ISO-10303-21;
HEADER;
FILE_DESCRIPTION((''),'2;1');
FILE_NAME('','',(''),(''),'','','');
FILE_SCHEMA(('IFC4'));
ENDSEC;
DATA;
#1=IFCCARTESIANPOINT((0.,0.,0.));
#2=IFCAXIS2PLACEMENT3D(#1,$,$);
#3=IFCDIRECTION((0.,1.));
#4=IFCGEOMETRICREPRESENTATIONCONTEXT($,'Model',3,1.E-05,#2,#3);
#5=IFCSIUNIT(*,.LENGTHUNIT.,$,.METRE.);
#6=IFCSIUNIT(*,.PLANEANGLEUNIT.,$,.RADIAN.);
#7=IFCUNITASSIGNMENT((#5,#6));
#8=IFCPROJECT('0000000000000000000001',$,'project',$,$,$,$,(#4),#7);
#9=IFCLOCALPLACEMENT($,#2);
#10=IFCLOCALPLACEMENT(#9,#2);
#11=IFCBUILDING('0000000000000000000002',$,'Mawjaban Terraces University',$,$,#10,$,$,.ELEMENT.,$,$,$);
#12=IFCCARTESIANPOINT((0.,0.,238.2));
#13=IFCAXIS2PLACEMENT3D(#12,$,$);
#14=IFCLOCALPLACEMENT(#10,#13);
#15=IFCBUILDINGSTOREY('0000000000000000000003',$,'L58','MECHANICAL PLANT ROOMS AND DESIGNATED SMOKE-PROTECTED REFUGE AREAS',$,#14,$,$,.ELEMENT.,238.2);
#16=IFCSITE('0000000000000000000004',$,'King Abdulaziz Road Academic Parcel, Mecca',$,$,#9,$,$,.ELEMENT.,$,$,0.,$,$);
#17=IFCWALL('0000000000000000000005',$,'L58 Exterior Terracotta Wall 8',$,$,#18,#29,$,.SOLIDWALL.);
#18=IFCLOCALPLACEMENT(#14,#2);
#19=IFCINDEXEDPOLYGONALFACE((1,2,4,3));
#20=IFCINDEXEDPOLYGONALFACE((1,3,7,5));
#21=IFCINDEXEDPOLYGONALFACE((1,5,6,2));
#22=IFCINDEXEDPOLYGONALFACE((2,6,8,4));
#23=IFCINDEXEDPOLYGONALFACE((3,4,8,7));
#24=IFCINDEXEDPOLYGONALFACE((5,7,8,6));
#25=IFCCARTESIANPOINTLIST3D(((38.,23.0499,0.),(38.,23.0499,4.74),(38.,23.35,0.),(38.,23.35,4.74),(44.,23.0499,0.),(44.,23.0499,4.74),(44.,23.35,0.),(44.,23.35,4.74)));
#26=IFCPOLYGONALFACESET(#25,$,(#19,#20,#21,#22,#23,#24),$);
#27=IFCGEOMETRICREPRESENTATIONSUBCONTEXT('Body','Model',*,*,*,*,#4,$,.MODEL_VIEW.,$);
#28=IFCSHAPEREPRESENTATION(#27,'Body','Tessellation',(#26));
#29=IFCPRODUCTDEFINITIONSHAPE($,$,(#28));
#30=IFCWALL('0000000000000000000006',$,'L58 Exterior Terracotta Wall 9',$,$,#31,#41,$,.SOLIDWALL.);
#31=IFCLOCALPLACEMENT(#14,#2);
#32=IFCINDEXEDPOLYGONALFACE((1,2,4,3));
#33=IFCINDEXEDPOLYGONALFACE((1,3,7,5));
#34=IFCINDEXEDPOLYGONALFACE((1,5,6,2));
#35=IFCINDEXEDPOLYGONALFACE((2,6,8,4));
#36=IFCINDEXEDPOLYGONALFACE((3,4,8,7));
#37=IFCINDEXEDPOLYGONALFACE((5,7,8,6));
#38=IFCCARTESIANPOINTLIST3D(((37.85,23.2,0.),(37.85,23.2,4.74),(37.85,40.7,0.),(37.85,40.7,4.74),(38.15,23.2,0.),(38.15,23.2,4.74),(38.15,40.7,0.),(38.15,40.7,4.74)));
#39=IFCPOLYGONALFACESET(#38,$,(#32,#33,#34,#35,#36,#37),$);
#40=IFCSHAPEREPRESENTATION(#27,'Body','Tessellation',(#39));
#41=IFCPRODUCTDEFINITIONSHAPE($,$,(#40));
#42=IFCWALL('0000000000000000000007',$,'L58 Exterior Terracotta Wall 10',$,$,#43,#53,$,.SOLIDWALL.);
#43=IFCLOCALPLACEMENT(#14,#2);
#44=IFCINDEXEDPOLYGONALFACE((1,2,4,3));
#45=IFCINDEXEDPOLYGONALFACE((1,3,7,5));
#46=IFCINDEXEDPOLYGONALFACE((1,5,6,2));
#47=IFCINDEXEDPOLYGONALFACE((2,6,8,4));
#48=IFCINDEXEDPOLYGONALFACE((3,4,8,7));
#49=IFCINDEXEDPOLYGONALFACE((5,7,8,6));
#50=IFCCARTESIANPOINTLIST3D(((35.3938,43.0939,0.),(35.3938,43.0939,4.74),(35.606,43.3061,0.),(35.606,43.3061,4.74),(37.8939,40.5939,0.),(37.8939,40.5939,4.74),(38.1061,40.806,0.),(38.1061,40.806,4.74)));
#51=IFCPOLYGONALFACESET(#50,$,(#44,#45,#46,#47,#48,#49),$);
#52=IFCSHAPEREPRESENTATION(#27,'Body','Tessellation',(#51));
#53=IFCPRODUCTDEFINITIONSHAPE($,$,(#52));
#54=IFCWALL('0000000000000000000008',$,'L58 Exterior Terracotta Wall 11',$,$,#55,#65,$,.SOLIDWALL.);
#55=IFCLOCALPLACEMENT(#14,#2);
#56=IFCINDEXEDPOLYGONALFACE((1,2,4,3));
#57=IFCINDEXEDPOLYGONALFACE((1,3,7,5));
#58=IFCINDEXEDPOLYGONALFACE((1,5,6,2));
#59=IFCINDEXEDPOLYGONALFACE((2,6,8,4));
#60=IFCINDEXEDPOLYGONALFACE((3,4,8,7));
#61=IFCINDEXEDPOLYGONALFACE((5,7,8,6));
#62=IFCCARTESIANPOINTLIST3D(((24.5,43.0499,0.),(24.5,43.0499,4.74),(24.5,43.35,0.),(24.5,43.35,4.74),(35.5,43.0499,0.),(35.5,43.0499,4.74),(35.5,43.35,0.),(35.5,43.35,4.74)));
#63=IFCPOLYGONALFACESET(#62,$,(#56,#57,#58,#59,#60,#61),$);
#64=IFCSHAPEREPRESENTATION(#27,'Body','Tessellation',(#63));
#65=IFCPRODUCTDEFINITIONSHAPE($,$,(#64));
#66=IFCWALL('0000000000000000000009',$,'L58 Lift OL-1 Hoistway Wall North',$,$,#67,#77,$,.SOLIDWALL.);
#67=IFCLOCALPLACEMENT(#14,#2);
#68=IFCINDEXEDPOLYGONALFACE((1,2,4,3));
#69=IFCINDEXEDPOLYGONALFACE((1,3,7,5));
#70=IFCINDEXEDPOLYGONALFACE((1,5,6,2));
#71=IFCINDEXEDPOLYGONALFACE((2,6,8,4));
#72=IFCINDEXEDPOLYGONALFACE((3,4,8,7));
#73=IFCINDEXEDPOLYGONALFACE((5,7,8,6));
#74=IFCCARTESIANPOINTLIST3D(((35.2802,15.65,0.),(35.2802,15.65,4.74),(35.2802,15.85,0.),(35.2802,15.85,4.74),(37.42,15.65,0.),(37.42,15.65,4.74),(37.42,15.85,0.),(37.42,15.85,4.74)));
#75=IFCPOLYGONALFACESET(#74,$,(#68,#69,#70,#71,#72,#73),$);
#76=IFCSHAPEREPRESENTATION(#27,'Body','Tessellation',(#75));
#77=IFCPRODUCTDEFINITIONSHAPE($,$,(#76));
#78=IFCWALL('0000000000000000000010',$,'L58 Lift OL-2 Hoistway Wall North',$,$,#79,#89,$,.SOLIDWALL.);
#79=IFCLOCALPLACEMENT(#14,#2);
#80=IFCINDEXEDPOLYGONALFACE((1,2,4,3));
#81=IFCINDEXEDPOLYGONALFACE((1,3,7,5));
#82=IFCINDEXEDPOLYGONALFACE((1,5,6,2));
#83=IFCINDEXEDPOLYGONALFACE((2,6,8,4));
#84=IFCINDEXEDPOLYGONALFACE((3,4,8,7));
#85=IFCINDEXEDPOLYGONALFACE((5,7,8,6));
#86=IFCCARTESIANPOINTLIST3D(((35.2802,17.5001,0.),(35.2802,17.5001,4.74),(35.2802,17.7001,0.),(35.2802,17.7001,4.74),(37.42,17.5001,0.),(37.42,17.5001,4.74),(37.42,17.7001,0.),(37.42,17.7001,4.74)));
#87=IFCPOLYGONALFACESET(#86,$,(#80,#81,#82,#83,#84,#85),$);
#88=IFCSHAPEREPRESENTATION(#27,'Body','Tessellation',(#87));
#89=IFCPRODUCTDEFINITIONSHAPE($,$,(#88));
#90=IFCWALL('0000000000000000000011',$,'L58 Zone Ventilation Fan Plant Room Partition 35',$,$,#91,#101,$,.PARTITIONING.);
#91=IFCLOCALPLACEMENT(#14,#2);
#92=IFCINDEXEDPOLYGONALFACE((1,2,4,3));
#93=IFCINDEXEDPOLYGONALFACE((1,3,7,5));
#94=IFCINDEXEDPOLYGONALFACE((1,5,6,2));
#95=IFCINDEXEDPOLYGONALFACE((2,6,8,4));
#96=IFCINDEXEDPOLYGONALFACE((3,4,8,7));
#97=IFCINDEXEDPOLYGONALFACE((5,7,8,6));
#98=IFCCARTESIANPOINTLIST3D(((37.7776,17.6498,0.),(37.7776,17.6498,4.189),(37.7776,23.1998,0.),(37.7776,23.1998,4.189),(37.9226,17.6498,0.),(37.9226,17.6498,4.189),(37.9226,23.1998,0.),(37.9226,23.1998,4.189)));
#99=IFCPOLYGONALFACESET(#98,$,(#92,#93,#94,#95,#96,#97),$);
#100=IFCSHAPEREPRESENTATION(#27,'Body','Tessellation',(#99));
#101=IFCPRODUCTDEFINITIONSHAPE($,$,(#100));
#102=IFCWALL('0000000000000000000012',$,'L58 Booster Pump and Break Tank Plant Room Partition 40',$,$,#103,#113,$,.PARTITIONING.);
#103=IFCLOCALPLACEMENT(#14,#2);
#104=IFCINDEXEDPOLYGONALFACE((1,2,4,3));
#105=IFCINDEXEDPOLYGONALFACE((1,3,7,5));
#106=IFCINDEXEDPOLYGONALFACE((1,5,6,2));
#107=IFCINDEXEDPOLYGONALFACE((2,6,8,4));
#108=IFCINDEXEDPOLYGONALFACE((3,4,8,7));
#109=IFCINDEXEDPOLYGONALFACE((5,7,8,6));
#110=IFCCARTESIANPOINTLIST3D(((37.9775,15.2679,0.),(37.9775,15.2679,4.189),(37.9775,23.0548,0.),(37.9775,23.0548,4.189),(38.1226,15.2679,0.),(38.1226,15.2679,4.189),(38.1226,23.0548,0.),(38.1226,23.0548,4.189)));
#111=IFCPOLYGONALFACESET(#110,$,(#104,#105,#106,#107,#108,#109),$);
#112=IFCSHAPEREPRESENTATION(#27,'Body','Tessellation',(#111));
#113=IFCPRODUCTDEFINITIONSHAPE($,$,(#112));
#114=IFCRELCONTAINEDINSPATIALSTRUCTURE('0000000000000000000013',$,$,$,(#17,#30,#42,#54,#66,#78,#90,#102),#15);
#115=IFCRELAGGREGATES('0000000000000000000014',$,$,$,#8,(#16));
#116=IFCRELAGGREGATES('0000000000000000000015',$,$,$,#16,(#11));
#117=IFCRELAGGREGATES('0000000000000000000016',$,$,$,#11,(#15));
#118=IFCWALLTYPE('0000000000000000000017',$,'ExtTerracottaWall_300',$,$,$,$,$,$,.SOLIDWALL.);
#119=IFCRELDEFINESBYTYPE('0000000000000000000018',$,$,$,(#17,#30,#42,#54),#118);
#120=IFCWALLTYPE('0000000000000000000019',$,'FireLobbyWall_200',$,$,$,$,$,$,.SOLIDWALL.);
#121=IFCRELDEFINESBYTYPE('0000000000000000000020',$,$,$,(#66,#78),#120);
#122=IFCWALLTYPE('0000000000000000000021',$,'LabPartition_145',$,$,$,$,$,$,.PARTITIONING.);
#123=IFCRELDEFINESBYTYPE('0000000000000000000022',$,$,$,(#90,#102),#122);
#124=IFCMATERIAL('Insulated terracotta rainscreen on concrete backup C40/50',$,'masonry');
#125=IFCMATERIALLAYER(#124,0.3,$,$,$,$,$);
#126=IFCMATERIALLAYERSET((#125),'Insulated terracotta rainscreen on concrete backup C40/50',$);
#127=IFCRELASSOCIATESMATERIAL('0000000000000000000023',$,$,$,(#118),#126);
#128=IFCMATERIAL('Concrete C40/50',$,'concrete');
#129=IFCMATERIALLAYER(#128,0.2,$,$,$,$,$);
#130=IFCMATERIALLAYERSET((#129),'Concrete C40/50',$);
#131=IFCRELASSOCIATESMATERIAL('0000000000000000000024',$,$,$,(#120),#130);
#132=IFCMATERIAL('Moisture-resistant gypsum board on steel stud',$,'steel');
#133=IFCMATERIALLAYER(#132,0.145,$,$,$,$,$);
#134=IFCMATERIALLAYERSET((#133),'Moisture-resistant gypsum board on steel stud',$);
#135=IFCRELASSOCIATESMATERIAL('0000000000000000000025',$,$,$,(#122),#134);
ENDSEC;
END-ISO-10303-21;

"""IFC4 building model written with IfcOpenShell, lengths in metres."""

from ifc_helpers import new_model, si_unit, direction, frame, frame_2d, origin, place, context, subcontext, project, spatial, rectangle, extrude, material, layer, layer_set, type_object, element, save


model = new_model("IFC4")

# Units and contexts
model_context = context("Model", 3, precision=1e-05, world=origin(), true_north=direction((0.0, 1.0)))
body_context = subcontext(model_context, "Body", "Model", "MODEL_VIEW")
ifc_project = project(units=[si_unit("LENGTHUNIT", "METRE"), si_unit("PLANEANGLEUNIT", "RADIAN")], contexts=[model_context])

# Site, building, storey
site_placement = place(None, origin())
site = spatial("IfcSite", under=ifc_project, at=site_placement, Name="King Abdulaziz Road Academic Parcel, Mecca", CompositionType="ELEMENT", RefElevation=0.0)
building_placement = place(site_placement, origin())
building = spatial("IfcBuilding", under=site, at=building_placement, Name="Mawjaban Terraces University", CompositionType="ELEMENT")
storey_placement = place(building_placement, frame((0.0, 0.0, 238.2)))
storey = spatial("IfcBuildingStorey", under=building, at=storey_placement, Name="L58", Description="MECHANICAL PLANT ROOMS AND DESIGNATED SMOKE-PROTECTED REFUGE AREAS", CompositionType="ELEMENT", Elevation=238.2)

# Walls
ifc_material_1 = material(Name="Insulated terracotta rainscreen on concrete backup C40/50", Category="masonry")
ifc_layer_1 = layer(ifc_material_1, 0.3)
ifc_layer_set_1 = layer_set([ifc_layer_1], Name="Insulated terracotta rainscreen on concrete backup C40/50")
wall_type_1 = type_object("IfcWallType", Name="ExtTerracottaWall_300", PredefinedType="SOLIDWALL", material=ifc_layer_set_1)
wall_1_placement = place(storey_placement, frame((44.0, 23.2, 0.0), z_axis=(0.0, 0.0, 1.0), x_axis=(-1.0, 0.0, 0.0)))
element("IfcWall", 1, at=wall_1_placement, inside=storey, type_object=wall_type_1, Name="L58 Exterior Terracotta Wall 8", PredefinedType="SOLIDWALL", context=body_context, shape_type="SweptSolid", body=[
    extrude(rectangle(XDim=6.0, YDim=0.3, at=frame_2d((3.0, 0.0))), origin(), (0.0, 0.0, 1.0), 4.74),
])
wall_2_placement = place(storey_placement, frame((38.0, 23.2, 0.0), z_axis=(0.0, 0.0, 1.0), x_axis=(0.0, 1.0, 0.0)))
element("IfcWall", 2, at=wall_2_placement, inside=storey, type_object=wall_type_1, Name="L58 Exterior Terracotta Wall 9", PredefinedType="SOLIDWALL", context=body_context, shape_type="SweptSolid", body=[
    extrude(rectangle(XDim=17.5, YDim=0.3, at=frame_2d((8.75, 0.0))), origin(), (0.0, 0.0, 1.0), 4.74),
])
wall_3_placement = place(storey_placement, frame((38.0, 40.7, 0.0), z_axis=(0.0, 0.0, 1.0), x_axis=(-0.707107, 0.707107, 0.0)))
element("IfcWall", 3, at=wall_3_placement, inside=storey, type_object=wall_type_1, Name="L58 Exterior Terracotta Wall 10", PredefinedType="SOLIDWALL", context=body_context, shape_type="SweptSolid", body=[
    extrude(rectangle(XDim=3.5356, YDim=0.3, at=frame_2d((1.7678, 0.0))), origin(), (0.0, 0.0, 1.0), 4.74),
])
wall_4_placement = place(storey_placement, frame((35.5, 43.2, 0.0), z_axis=(0.0, 0.0, 1.0), x_axis=(-1.0, 0.0, 0.0)))
element("IfcWall", 4, at=wall_4_placement, inside=storey, type_object=wall_type_1, Name="L58 Exterior Terracotta Wall 11", PredefinedType="SOLIDWALL", context=body_context, shape_type="SweptSolid", body=[
    extrude(rectangle(XDim=11.0, YDim=0.3, at=frame_2d((5.5, 0.0))), origin(), (0.0, 0.0, 1.0), 4.74),
])
ifc_material_2 = material(Name="Concrete C40/50", Category="concrete")
ifc_layer_2 = layer(ifc_material_2, 0.2)
ifc_layer_set_2 = layer_set([ifc_layer_2], Name="Concrete C40/50")
wall_type_2 = type_object("IfcWallType", Name="FireLobbyWall_200", PredefinedType="SOLIDWALL", material=ifc_layer_set_2)
for number, where, z_axis, x_axis, name in (
    (5, (37.4199, 15.75, 0.0), (0.0, 0.0, 1.0), (-1.0, 0.0, 0.0), "L58 Lift OL-1 Hoistway Wall North"),
    (6, (37.4199, 17.6001, 0.0), (0.0, 0.0, 1.0), (-1.0, 0.0, 0.0), "L58 Lift OL-2 Hoistway Wall North"),
):
    element("IfcWall", number, at=place(storey_placement, frame(where, z_axis=z_axis, x_axis=x_axis)), inside=storey, type_object=wall_type_2, Name=name, PredefinedType="SOLIDWALL", context=body_context, shape_type="SweptSolid", body=[
        extrude(rectangle(XDim=2.1399, YDim=0.2, at=frame_2d((1.0698, 0.0))), origin(), (0.0, 0.0, 1.0), 4.74),
    ])
ifc_material_3 = material(Name="Moisture-resistant gypsum board on steel stud", Category="steel")
ifc_layer_3 = layer(ifc_material_3, 0.145)
ifc_layer_set_3 = layer_set([ifc_layer_3], Name="Moisture-resistant gypsum board on steel stud")
wall_type_3 = type_object("IfcWallType", Name="LabPartition_145", PredefinedType="PARTITIONING", material=ifc_layer_set_3)
wall_5_placement = place(storey_placement, frame((37.8501, 17.6499, 0.0), z_axis=(0.0, 0.0, 1.0), x_axis=(0.0, 1.0, 0.0)))
element("IfcWall", 7, at=wall_5_placement, inside=storey, type_object=wall_type_3, Name="L58 Zone Ventilation Fan Plant Room Partition 35", PredefinedType="PARTITIONING", context=body_context, shape_type="SweptSolid", body=[
    extrude(rectangle(XDim=5.55, YDim=0.145, at=frame_2d((2.7749, 0.0))), origin(), (0.0, 0.0, 1.0), 4.189),
])
wall_6_placement = place(storey_placement, frame((38.05, 23.0549, 0.0), z_axis=(0.0, 0.0, 1.0), x_axis=(0.0, -1.0, 0.0)))
element("IfcWall", 8, at=wall_6_placement, inside=storey, type_object=wall_type_3, Name="L58 Booster Pump and Break Tank Plant Room Partition 40", PredefinedType="PARTITIONING", context=body_context, shape_type="SweptSolid", body=[
    extrude(rectangle(XDim=7.7869, YDim=0.145, at=frame_2d((3.8936, 0.0))), origin(), (0.0, 0.0, 1.0), 4.189),
])

save(model, "model.ifc")
